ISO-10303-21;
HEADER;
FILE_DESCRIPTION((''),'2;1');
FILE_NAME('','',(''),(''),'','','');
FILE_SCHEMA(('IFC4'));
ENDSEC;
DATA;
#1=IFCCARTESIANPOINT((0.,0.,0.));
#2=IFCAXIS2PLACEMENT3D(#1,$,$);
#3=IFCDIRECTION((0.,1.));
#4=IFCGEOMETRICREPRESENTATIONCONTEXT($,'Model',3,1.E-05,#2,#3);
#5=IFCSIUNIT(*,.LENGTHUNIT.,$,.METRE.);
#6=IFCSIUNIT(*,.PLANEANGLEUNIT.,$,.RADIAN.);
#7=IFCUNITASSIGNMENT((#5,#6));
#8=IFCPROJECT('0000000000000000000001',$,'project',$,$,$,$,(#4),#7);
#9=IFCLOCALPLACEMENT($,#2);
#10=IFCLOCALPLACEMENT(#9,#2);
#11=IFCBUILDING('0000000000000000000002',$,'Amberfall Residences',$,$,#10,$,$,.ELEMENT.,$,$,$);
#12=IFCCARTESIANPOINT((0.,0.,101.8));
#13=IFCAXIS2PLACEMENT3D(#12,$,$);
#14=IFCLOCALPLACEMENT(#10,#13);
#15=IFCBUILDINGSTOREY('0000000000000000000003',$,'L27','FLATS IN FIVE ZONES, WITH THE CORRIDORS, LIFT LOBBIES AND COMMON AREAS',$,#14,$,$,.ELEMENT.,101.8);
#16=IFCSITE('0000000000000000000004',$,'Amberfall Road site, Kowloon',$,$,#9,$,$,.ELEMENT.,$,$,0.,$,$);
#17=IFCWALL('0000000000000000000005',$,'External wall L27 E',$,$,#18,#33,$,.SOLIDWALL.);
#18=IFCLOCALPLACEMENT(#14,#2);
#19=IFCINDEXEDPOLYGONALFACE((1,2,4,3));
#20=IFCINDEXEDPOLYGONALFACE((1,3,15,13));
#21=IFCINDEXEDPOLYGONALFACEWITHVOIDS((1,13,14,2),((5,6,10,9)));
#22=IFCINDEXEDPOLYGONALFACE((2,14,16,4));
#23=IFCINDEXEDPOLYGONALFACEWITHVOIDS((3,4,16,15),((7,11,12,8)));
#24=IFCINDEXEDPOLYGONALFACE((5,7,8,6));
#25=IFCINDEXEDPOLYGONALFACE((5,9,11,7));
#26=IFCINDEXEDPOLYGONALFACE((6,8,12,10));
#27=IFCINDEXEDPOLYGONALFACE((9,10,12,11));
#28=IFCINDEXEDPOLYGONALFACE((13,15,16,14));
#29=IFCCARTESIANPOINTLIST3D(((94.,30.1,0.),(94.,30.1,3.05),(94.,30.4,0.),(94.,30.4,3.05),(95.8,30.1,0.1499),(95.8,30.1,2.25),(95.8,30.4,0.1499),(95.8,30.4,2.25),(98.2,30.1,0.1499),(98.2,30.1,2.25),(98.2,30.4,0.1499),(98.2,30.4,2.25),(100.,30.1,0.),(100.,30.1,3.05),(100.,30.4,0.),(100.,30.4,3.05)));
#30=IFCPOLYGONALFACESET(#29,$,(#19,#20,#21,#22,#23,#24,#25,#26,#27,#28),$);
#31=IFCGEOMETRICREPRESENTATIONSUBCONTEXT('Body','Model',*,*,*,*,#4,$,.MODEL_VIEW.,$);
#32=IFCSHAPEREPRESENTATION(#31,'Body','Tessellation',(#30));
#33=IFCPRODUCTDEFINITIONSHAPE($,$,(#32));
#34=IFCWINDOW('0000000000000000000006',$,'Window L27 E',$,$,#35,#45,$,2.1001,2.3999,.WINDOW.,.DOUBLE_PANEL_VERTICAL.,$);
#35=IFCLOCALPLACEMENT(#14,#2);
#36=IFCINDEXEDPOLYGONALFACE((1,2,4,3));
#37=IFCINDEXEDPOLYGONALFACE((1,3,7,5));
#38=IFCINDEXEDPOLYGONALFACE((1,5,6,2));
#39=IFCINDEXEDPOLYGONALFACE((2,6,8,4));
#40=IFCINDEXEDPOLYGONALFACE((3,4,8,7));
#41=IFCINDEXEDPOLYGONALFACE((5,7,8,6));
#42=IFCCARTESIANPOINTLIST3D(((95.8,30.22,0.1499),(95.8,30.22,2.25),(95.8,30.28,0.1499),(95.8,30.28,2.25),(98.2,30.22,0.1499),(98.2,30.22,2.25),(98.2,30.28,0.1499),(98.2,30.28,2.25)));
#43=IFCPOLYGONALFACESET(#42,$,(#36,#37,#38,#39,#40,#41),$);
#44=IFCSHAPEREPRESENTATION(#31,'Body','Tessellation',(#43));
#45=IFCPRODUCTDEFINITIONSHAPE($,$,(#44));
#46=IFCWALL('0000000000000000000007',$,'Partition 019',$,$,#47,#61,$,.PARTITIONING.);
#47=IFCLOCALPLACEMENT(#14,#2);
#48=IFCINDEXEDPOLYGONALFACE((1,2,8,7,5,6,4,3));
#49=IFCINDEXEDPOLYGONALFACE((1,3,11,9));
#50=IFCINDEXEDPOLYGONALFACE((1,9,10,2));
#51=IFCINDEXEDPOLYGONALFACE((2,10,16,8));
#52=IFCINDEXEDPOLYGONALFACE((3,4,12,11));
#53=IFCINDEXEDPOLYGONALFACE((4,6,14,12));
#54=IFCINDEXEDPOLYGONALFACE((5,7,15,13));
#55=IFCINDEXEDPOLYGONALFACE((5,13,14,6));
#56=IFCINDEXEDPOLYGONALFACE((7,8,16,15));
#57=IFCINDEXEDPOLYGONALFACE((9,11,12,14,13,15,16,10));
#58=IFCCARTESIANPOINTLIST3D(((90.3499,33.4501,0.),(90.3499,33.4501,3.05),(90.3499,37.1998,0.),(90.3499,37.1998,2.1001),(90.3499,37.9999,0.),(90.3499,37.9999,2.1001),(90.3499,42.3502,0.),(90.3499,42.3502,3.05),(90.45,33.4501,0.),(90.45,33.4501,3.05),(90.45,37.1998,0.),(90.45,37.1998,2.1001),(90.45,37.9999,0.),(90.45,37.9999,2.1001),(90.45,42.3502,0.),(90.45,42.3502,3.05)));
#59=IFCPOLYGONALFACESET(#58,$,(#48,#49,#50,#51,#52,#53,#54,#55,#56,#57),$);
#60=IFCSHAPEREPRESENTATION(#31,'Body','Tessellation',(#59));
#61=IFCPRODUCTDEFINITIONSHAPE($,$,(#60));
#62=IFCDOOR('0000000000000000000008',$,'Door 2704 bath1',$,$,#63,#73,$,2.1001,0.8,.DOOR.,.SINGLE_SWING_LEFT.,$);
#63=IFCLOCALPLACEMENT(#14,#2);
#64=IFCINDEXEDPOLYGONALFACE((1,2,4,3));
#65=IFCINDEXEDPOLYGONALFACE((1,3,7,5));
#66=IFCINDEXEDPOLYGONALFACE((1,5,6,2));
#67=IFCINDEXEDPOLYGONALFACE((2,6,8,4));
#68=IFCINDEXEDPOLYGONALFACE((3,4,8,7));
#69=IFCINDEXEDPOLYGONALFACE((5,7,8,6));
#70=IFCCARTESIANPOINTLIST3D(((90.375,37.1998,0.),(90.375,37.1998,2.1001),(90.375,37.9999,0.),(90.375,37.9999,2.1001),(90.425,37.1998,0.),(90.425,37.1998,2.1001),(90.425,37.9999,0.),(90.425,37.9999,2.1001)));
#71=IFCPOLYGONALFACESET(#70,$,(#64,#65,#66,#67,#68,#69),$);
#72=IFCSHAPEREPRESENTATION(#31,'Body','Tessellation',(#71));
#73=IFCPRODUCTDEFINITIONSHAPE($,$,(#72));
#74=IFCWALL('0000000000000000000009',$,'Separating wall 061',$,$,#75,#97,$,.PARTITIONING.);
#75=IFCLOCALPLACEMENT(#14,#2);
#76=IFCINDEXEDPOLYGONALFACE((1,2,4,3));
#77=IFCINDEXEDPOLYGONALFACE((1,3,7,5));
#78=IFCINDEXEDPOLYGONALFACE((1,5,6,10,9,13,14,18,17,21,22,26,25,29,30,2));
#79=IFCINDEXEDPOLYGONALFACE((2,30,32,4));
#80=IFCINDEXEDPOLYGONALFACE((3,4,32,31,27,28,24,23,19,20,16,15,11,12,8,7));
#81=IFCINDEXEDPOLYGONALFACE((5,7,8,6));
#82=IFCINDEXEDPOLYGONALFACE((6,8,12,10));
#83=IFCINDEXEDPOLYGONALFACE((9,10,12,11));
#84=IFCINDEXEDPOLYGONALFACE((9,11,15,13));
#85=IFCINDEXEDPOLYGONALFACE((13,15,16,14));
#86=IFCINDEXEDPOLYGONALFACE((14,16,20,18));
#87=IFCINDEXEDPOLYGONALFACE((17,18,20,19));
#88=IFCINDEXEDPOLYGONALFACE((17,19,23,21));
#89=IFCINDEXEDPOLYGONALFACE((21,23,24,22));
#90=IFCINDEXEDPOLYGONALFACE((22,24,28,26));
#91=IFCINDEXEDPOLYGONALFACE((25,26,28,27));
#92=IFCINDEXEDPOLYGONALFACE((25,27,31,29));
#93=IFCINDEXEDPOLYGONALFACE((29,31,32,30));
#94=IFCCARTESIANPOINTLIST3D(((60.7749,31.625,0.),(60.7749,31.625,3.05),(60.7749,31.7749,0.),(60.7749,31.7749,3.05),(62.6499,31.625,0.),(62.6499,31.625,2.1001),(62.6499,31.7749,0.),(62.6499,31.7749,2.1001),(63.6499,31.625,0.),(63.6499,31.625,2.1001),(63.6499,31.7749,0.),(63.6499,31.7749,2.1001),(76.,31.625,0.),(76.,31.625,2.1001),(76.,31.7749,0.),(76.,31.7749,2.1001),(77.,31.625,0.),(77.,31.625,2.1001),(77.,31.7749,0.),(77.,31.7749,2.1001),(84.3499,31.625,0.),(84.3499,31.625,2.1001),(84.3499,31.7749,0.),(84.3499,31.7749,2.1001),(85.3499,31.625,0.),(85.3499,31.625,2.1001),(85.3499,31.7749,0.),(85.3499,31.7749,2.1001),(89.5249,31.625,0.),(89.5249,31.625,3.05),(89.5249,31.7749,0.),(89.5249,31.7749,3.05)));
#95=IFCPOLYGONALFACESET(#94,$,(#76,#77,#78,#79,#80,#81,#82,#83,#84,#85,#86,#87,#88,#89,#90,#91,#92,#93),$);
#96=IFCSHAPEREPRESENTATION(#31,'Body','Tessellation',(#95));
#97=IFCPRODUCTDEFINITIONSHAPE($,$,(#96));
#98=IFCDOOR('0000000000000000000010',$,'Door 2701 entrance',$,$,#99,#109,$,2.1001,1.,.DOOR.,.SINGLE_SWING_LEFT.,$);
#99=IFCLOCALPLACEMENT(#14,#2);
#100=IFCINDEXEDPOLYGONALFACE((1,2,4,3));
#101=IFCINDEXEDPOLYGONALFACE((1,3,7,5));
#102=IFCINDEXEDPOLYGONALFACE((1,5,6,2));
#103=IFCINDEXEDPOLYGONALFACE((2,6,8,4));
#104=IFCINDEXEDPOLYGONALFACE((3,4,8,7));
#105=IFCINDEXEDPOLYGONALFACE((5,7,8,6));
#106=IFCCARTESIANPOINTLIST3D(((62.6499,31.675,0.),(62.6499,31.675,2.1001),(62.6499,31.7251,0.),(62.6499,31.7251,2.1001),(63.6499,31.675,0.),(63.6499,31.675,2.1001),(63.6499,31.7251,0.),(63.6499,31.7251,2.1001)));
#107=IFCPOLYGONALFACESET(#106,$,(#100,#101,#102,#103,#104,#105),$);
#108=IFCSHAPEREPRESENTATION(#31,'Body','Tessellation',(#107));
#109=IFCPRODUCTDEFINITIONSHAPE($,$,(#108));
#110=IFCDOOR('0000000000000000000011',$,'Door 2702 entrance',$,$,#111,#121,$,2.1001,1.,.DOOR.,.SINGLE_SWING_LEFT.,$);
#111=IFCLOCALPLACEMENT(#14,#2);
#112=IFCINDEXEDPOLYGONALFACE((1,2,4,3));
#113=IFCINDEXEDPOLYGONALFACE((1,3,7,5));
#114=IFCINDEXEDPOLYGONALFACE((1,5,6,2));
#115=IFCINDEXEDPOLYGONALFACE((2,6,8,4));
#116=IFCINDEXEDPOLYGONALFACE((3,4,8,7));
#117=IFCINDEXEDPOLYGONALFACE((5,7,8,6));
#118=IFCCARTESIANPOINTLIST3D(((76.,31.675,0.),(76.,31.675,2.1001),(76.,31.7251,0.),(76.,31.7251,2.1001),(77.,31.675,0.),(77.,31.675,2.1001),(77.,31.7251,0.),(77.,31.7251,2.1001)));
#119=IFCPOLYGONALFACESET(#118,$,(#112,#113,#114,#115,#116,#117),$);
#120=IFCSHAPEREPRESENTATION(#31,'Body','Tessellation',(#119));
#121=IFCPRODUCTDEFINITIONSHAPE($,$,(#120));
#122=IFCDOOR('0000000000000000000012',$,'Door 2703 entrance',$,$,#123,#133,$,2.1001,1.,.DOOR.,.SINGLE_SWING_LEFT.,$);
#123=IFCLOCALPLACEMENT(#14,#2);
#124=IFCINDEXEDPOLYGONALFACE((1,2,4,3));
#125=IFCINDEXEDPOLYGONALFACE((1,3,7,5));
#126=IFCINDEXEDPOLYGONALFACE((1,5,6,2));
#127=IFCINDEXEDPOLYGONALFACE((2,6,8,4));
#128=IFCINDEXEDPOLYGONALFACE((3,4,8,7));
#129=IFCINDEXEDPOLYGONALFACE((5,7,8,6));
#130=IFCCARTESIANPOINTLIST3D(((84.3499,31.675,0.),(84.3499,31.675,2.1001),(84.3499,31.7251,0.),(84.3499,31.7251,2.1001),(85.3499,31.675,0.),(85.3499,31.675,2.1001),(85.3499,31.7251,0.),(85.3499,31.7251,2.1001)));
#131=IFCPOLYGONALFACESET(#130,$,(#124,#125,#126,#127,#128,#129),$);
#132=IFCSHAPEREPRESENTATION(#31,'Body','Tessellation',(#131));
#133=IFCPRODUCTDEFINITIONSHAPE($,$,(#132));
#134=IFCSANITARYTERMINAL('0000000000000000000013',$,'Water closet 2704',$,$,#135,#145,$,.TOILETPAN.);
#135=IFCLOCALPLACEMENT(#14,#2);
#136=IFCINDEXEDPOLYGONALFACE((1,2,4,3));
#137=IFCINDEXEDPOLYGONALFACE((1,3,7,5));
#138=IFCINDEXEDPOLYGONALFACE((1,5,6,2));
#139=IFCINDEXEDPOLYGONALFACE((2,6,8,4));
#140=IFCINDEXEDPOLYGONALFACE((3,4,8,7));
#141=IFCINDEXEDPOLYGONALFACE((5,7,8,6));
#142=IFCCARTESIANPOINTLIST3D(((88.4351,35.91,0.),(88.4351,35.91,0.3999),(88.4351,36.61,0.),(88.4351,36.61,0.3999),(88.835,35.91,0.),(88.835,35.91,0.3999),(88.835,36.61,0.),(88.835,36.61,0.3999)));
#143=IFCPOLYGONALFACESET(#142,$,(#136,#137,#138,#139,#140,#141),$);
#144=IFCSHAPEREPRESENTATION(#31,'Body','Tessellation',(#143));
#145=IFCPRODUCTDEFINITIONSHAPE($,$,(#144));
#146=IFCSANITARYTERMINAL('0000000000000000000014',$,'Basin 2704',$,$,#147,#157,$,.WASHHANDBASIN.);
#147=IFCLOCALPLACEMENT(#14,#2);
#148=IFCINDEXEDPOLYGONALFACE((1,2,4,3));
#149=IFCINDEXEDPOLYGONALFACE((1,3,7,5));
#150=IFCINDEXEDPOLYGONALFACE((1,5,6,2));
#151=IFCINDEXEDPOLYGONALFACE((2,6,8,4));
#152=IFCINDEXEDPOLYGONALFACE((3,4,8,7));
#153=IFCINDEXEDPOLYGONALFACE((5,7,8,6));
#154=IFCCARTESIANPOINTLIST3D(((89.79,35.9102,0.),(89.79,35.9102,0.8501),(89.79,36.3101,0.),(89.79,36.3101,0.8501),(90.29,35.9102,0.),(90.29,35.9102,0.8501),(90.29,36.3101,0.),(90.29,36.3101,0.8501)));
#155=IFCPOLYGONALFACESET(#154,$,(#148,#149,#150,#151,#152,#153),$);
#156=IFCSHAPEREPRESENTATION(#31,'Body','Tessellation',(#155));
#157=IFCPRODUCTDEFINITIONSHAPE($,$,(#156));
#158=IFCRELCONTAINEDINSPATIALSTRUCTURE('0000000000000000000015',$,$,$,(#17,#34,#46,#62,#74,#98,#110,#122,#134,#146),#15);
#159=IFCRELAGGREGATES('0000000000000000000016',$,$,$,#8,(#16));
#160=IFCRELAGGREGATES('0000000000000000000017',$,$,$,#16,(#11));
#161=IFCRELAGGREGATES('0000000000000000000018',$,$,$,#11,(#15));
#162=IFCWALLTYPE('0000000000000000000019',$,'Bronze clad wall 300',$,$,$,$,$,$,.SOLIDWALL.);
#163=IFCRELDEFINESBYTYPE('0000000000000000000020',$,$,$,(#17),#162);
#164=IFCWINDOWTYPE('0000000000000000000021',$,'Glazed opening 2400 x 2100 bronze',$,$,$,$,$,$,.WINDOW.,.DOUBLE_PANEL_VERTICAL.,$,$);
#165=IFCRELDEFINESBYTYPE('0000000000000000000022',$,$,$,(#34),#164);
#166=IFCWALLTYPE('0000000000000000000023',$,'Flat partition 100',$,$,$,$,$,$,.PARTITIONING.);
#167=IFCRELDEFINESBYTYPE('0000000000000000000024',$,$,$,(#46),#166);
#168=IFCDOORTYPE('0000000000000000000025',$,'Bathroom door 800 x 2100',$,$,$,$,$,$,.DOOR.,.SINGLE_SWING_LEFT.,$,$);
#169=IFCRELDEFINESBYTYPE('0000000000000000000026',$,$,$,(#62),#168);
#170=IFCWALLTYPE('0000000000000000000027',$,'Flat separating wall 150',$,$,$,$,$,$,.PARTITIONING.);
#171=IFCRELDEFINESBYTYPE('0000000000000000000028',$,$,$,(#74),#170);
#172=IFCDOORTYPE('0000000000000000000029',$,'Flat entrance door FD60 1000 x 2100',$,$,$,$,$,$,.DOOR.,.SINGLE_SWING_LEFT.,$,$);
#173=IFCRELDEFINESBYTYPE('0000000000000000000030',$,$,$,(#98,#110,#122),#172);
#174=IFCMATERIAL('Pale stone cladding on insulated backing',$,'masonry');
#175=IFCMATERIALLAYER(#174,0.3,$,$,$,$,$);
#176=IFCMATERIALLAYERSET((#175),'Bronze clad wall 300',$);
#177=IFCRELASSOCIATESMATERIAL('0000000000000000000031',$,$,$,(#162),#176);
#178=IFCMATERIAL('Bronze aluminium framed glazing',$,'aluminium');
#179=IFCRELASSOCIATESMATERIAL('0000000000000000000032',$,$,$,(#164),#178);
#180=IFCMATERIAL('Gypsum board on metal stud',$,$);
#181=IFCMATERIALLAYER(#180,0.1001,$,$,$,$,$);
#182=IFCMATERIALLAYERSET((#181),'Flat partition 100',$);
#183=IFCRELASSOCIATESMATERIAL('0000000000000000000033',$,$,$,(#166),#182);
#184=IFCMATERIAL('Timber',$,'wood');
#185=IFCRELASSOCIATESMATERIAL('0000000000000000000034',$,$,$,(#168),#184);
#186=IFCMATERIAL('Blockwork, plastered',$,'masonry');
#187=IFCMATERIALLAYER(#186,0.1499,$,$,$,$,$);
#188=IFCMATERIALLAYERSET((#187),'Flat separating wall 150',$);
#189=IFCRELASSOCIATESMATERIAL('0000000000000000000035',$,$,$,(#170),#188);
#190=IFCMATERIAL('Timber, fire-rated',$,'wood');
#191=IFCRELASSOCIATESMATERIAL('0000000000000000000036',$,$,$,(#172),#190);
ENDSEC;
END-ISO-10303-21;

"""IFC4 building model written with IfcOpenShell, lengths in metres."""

from ifc_helpers import new_model, si_unit, direction, frame, frame_2d, origin, origin_2d, place, context, subcontext, project, spatial, rectangle, extrude, material, layer, layer_set, type_object, element, fill, save


model = new_model("IFC4")

# Units and contexts
model_context = context("Model", 3, precision=1e-05, world=origin(), true_north=direction((0.0, 1.0)))
body_context = subcontext(model_context, "Body", "Model", "MODEL_VIEW")
ifc_project = project(units=[si_unit("LENGTHUNIT", "METRE"), si_unit("PLANEANGLEUNIT", "RADIAN")], contexts=[model_context])

# Site, building, storey
site_placement = place(None, origin())
site = spatial("IfcSite", under=ifc_project, at=site_placement, Name="Amberfall Road site, Kowloon", CompositionType="ELEMENT", RefElevation=0.0)
building_placement = place(site_placement, origin())
building = spatial("IfcBuilding", under=site, at=building_placement, Name="Amberfall Residences", CompositionType="ELEMENT")
storey_placement = place(building_placement, frame((0.0, 0.0, 101.8)))
storey = spatial("IfcBuildingStorey", under=building, at=storey_placement, Name="L27", Description="FLATS IN FIVE ZONES, WITH THE CORRIDORS, LIFT LOBBIES AND COMMON AREAS", CompositionType="ELEMENT", Elevation=101.8)

# Wall, opening, window
ifc_material_1 = material(Name="Pale stone cladding on insulated backing", Category="masonry")
ifc_layer_1 = layer(ifc_material_1, 0.3)
ifc_layer_set_1 = layer_set([ifc_layer_1], Name="Bronze clad wall 300")
wall_type_1 = type_object("IfcWallType", Name="Bronze clad wall 300", PredefinedType="SOLIDWALL", material=ifc_layer_set_1)
wall_1_placement = place(storey_placement, frame((100.0, 30.25, 0.0), z_axis=(0.0, 0.0, 1.0), x_axis=(-1.0, 0.0, 0.0)))
wall_1 = element("IfcWall", 1, at=wall_1_placement, inside=storey, type_object=wall_type_1, Name="External wall L27 E", PredefinedType="SOLIDWALL", context=body_context, shape_type="SweptSolid", body=[
    extrude(rectangle(XDim=6.0, YDim=0.3, at=frame_2d((3.0, 0.0))), origin(), (0.0, 0.0, 1.0), 3.05),
])
opening_1_placement = place(wall_1_placement, frame((1.8, 0.0, 0.1499)))
opening_1 = element("IfcOpeningElement", 2, at=opening_1_placement, cuts=wall_1, PredefinedType="OPENING", context=body_context, shape_type="SweptSolid", body=[
    extrude(rectangle(XDim=2.3999, YDim=2.1001, at=frame_2d((1.2, 1.05))), frame((0.0, 0.1599, 0.0), z_axis=(0.0, -1.0, 0.0), x_axis=(1.0, 0.0, 0.0)), (0.0, 0.0, 1.0), 0.3201),
])
ifc_material_2 = material(Name="Bronze aluminium framed glazing", Category="aluminium")
window_type = type_object("IfcWindowType", Name="Glazed opening 2400 x 2100 bronze", PartitioningType="DOUBLE_PANEL_VERTICAL", PredefinedType="WINDOW", material=ifc_material_2)
window_placement = place(opening_1_placement, origin())
window = element("IfcWindow", 3, at=window_placement, inside=storey, type_object=window_type, Name="Window L27 E", OverallHeight=2.1001, OverallWidth=2.3999, PartitioningType="DOUBLE_PANEL_VERTICAL", PredefinedType="WINDOW", context=body_context, shape_type="SweptSolid", body=[
    extrude(rectangle(XDim=2.3999, YDim=2.1001, at=frame_2d((1.2, 1.05))), frame((0.0, 0.03, 0.0), z_axis=(0.0, -1.0, 0.0), x_axis=(1.0, 0.0, 0.0)), (0.0, 0.0, 1.0), 0.0601),
])
fill(opening_1, window)

# Wall, opening, door
ifc_material_3 = material(Name="Gypsum board on metal stud")
ifc_layer_2 = layer(ifc_material_3, 0.1001)
ifc_layer_set_2 = layer_set([ifc_layer_2], Name="Flat partition 100")
wall_type_2 = type_object("IfcWallType", Name="Flat partition 100", PredefinedType="PARTITIONING", material=ifc_layer_set_2)
wall_2_placement = place(storey_placement, frame((90.3999, 33.45, 0.0), z_axis=(0.0, 0.0, 1.0), x_axis=(0.0, 1.0, 0.0)))
wall_2 = element("IfcWall", 4, at=wall_2_placement, inside=storey, type_object=wall_type_2, Name="Partition 019", PredefinedType="PARTITIONING", context=body_context, shape_type="SweptSolid", body=[
    extrude(rectangle(XDim=8.9001, YDim=0.1001, at=frame_2d((4.4502, 0.0))), origin(), (0.0, 0.0, 1.0), 3.05),
])
opening_2_placement = place(wall_2_placement, frame((3.75, 0.0, 0.0)))
opening_2 = element("IfcOpeningElement", 5, at=opening_2_placement, cuts=wall_2, PredefinedType="OPENING", context=body_context, shape_type="SweptSolid", body=[
    extrude(rectangle(XDim=0.8, YDim=2.1001, at=frame_2d((0.3999, 1.05))), frame((0.0, 0.0601, 0.0), z_axis=(0.0, -1.0, 0.0), x_axis=(1.0, 0.0, 0.0)), (0.0, 0.0, 1.0), 0.1201),
])
ifc_material_4 = material(Name="Timber", Category="wood")
door_type_1 = type_object("IfcDoorType", Name="Bathroom door 800 x 2100", OperationType="SINGLE_SWING_LEFT", PredefinedType="DOOR", material=ifc_material_4)
door_1_placement = place(opening_2_placement, origin())
door_1 = element("IfcDoor", 6, at=door_1_placement, inside=storey, type_object=door_type_1, Name="Door 2704 bath1", OperationType="SINGLE_SWING_LEFT", OverallHeight=2.1001, OverallWidth=0.8, PredefinedType="DOOR", context=body_context, shape_type="SweptSolid", body=[
    extrude(rectangle(XDim=0.8, YDim=2.1001, at=frame_2d((0.3999, 1.05))), frame((0.0, 0.0249, 0.0), z_axis=(0.0, -1.0, 0.0), x_axis=(1.0, 0.0, 0.0)), (0.0, 0.0, 1.0), 0.05),
])
fill(opening_2, door_1)

# Wall, openings, doors
ifc_material_5 = material(Name="Blockwork, plastered", Category="masonry")
ifc_layer_3 = layer(ifc_material_5, 0.1499)
ifc_layer_set_3 = layer_set([ifc_layer_3], Name="Flat separating wall 150")
wall_type_3 = type_object("IfcWallType", Name="Flat separating wall 150", PredefinedType="PARTITIONING", material=ifc_layer_set_3)
wall_3_placement = place(storey_placement, frame((89.5249, 31.7, 0.0), z_axis=(0.0, 0.0, 1.0), x_axis=(-1.0, 0.0, 0.0)))
wall_3 = element("IfcWall", 7, at=wall_3_placement, inside=storey, type_object=wall_type_3, Name="Separating wall 061", PredefinedType="PARTITIONING", context=body_context, shape_type="SweptSolid", body=[
    extrude(rectangle(XDim=28.75, YDim=0.1499, at=frame_2d((14.375, 0.0))), origin(), (0.0, 0.0, 1.0), 3.05),
])
opening_3_placement = place(wall_3_placement, frame((25.875, 0.0, 0.0)))
opening_3 = element("IfcOpeningElement", 8, at=opening_3_placement, cuts=wall_3, PredefinedType="OPENING", context=body_context, shape_type="SweptSolid", body=[
    extrude(rectangle(XDim=1.0, YDim=2.1001, at=frame_2d((0.5, 1.05))), frame((0.0, 0.085, 0.0), z_axis=(0.0, -1.0, 0.0), x_axis=(1.0, 0.0, 0.0)), (0.0, 0.0, 1.0), 0.1699),
])
opening_4_placement = place(wall_3_placement, frame((12.5249, 0.0, 0.0)))
opening_4 = element("IfcOpeningElement", 9, at=opening_4_placement, cuts=wall_3, PredefinedType="OPENING", context=body_context, shape_type="SweptSolid", body=[
    extrude(rectangle(XDim=1.0, YDim=2.1001, at=frame_2d((0.5, 1.05))), frame((0.0, 0.085, 0.0), z_axis=(0.0, -1.0, 0.0), x_axis=(1.0, 0.0, 0.0)), (0.0, 0.0, 1.0), 0.1699),
])
opening_5_placement = place(wall_3_placement, frame((4.175, 0.0, 0.0)))
opening_5 = element("IfcOpeningElement", 10, at=opening_5_placement, cuts=wall_3, PredefinedType="OPENING", context=body_context, shape_type="SweptSolid", body=[
    extrude(rectangle(XDim=1.0, YDim=2.1001, at=frame_2d((0.5, 1.05))), frame((0.0, 0.085, 0.0), z_axis=(0.0, -1.0, 0.0), x_axis=(1.0, 0.0, 0.0)), (0.0, 0.0, 1.0), 0.1699),
])
ifc_material_6 = material(Name="Timber, fire-rated", Category="wood")
door_type_2 = type_object("IfcDoorType", Name="Flat entrance door FD60 1000 x 2100", OperationType="SINGLE_SWING_LEFT", PredefinedType="DOOR", material=ifc_material_6)
door_2_placement = place(opening_3_placement, origin())
door_2 = element("IfcDoor", 11, at=door_2_placement, inside=storey, type_object=door_type_2, Name="Door 2701 entrance", OperationType="SINGLE_SWING_LEFT", OverallHeight=2.1001, OverallWidth=1.0, PredefinedType="DOOR", context=body_context, shape_type="SweptSolid", body=[
    extrude(rectangle(XDim=1.0, YDim=2.1001, at=frame_2d((0.5, 1.05))), frame((0.0, 0.0249, 0.0), z_axis=(0.0, -1.0, 0.0), x_axis=(1.0, 0.0, 0.0)), (0.0, 0.0, 1.0), 0.05),
])
fill(opening_3, door_2)
door_3_placement = place(opening_4_placement, origin())
door_3 = element("IfcDoor", 12, at=door_3_placement, inside=storey, type_object=door_type_2, Name="Door 2702 entrance", OperationType="SINGLE_SWING_LEFT", OverallHeight=2.1001, OverallWidth=1.0, PredefinedType="DOOR", context=body_context, shape_type="SweptSolid", body=[
    extrude(rectangle(XDim=1.0, YDim=2.1001, at=frame_2d((0.5, 1.05))), frame((0.0, 0.0249, 0.0), z_axis=(0.0, -1.0, 0.0), x_axis=(1.0, 0.0, 0.0)), (0.0, 0.0, 1.0), 0.05),
])
fill(opening_4, door_3)
door_4_placement = place(opening_5_placement, origin())
door_4 = element("IfcDoor", 13, at=door_4_placement, inside=storey, type_object=door_type_2, Name="Door 2703 entrance", OperationType="SINGLE_SWING_LEFT", OverallHeight=2.1001, OverallWidth=1.0, PredefinedType="DOOR", context=body_context, shape_type="SweptSolid", body=[
    extrude(rectangle(XDim=1.0, YDim=2.1001, at=frame_2d((0.5, 1.05))), frame((0.0, 0.0249, 0.0), z_axis=(0.0, -1.0, 0.0), x_axis=(1.0, 0.0, 0.0)), (0.0, 0.0, 1.0), 0.05),
])
fill(opening_5, door_4)

# Sanitary terminals
sanitary_terminal_1_placement = place(storey_placement, frame((88.635, 36.26, 0.0), z_axis=(0.0, 0.0, 1.0), x_axis=(1.0, 0.0, 0.0)))
element("IfcSanitaryTerminal", 14, at=sanitary_terminal_1_placement, inside=storey, Name="Water closet 2704", PredefinedType="TOILETPAN", context=body_context, shape_type="SweptSolid", body=[
    extrude(rectangle(XDim=0.3999, YDim=0.7, at=origin_2d()), origin(), (0.0, 0.0, 1.0), 0.3999),
])
sanitary_terminal_2_placement = place(storey_placement, frame((90.04, 36.1101, 0.0), z_axis=(0.0, 0.0, 1.0), x_axis=(1.0, 0.0, 0.0)))
element("IfcSanitaryTerminal", 15, at=sanitary_terminal_2_placement, inside=storey, Name="Basin 2704", PredefinedType="WASHHANDBASIN", context=body_context, shape_type="SweptSolid", body=[
    extrude(rectangle(XDim=0.5, YDim=0.3999, at=origin_2d()), origin(), (0.0, 0.0, 1.0), 0.8501),
])

save(model, "model.ifc")
